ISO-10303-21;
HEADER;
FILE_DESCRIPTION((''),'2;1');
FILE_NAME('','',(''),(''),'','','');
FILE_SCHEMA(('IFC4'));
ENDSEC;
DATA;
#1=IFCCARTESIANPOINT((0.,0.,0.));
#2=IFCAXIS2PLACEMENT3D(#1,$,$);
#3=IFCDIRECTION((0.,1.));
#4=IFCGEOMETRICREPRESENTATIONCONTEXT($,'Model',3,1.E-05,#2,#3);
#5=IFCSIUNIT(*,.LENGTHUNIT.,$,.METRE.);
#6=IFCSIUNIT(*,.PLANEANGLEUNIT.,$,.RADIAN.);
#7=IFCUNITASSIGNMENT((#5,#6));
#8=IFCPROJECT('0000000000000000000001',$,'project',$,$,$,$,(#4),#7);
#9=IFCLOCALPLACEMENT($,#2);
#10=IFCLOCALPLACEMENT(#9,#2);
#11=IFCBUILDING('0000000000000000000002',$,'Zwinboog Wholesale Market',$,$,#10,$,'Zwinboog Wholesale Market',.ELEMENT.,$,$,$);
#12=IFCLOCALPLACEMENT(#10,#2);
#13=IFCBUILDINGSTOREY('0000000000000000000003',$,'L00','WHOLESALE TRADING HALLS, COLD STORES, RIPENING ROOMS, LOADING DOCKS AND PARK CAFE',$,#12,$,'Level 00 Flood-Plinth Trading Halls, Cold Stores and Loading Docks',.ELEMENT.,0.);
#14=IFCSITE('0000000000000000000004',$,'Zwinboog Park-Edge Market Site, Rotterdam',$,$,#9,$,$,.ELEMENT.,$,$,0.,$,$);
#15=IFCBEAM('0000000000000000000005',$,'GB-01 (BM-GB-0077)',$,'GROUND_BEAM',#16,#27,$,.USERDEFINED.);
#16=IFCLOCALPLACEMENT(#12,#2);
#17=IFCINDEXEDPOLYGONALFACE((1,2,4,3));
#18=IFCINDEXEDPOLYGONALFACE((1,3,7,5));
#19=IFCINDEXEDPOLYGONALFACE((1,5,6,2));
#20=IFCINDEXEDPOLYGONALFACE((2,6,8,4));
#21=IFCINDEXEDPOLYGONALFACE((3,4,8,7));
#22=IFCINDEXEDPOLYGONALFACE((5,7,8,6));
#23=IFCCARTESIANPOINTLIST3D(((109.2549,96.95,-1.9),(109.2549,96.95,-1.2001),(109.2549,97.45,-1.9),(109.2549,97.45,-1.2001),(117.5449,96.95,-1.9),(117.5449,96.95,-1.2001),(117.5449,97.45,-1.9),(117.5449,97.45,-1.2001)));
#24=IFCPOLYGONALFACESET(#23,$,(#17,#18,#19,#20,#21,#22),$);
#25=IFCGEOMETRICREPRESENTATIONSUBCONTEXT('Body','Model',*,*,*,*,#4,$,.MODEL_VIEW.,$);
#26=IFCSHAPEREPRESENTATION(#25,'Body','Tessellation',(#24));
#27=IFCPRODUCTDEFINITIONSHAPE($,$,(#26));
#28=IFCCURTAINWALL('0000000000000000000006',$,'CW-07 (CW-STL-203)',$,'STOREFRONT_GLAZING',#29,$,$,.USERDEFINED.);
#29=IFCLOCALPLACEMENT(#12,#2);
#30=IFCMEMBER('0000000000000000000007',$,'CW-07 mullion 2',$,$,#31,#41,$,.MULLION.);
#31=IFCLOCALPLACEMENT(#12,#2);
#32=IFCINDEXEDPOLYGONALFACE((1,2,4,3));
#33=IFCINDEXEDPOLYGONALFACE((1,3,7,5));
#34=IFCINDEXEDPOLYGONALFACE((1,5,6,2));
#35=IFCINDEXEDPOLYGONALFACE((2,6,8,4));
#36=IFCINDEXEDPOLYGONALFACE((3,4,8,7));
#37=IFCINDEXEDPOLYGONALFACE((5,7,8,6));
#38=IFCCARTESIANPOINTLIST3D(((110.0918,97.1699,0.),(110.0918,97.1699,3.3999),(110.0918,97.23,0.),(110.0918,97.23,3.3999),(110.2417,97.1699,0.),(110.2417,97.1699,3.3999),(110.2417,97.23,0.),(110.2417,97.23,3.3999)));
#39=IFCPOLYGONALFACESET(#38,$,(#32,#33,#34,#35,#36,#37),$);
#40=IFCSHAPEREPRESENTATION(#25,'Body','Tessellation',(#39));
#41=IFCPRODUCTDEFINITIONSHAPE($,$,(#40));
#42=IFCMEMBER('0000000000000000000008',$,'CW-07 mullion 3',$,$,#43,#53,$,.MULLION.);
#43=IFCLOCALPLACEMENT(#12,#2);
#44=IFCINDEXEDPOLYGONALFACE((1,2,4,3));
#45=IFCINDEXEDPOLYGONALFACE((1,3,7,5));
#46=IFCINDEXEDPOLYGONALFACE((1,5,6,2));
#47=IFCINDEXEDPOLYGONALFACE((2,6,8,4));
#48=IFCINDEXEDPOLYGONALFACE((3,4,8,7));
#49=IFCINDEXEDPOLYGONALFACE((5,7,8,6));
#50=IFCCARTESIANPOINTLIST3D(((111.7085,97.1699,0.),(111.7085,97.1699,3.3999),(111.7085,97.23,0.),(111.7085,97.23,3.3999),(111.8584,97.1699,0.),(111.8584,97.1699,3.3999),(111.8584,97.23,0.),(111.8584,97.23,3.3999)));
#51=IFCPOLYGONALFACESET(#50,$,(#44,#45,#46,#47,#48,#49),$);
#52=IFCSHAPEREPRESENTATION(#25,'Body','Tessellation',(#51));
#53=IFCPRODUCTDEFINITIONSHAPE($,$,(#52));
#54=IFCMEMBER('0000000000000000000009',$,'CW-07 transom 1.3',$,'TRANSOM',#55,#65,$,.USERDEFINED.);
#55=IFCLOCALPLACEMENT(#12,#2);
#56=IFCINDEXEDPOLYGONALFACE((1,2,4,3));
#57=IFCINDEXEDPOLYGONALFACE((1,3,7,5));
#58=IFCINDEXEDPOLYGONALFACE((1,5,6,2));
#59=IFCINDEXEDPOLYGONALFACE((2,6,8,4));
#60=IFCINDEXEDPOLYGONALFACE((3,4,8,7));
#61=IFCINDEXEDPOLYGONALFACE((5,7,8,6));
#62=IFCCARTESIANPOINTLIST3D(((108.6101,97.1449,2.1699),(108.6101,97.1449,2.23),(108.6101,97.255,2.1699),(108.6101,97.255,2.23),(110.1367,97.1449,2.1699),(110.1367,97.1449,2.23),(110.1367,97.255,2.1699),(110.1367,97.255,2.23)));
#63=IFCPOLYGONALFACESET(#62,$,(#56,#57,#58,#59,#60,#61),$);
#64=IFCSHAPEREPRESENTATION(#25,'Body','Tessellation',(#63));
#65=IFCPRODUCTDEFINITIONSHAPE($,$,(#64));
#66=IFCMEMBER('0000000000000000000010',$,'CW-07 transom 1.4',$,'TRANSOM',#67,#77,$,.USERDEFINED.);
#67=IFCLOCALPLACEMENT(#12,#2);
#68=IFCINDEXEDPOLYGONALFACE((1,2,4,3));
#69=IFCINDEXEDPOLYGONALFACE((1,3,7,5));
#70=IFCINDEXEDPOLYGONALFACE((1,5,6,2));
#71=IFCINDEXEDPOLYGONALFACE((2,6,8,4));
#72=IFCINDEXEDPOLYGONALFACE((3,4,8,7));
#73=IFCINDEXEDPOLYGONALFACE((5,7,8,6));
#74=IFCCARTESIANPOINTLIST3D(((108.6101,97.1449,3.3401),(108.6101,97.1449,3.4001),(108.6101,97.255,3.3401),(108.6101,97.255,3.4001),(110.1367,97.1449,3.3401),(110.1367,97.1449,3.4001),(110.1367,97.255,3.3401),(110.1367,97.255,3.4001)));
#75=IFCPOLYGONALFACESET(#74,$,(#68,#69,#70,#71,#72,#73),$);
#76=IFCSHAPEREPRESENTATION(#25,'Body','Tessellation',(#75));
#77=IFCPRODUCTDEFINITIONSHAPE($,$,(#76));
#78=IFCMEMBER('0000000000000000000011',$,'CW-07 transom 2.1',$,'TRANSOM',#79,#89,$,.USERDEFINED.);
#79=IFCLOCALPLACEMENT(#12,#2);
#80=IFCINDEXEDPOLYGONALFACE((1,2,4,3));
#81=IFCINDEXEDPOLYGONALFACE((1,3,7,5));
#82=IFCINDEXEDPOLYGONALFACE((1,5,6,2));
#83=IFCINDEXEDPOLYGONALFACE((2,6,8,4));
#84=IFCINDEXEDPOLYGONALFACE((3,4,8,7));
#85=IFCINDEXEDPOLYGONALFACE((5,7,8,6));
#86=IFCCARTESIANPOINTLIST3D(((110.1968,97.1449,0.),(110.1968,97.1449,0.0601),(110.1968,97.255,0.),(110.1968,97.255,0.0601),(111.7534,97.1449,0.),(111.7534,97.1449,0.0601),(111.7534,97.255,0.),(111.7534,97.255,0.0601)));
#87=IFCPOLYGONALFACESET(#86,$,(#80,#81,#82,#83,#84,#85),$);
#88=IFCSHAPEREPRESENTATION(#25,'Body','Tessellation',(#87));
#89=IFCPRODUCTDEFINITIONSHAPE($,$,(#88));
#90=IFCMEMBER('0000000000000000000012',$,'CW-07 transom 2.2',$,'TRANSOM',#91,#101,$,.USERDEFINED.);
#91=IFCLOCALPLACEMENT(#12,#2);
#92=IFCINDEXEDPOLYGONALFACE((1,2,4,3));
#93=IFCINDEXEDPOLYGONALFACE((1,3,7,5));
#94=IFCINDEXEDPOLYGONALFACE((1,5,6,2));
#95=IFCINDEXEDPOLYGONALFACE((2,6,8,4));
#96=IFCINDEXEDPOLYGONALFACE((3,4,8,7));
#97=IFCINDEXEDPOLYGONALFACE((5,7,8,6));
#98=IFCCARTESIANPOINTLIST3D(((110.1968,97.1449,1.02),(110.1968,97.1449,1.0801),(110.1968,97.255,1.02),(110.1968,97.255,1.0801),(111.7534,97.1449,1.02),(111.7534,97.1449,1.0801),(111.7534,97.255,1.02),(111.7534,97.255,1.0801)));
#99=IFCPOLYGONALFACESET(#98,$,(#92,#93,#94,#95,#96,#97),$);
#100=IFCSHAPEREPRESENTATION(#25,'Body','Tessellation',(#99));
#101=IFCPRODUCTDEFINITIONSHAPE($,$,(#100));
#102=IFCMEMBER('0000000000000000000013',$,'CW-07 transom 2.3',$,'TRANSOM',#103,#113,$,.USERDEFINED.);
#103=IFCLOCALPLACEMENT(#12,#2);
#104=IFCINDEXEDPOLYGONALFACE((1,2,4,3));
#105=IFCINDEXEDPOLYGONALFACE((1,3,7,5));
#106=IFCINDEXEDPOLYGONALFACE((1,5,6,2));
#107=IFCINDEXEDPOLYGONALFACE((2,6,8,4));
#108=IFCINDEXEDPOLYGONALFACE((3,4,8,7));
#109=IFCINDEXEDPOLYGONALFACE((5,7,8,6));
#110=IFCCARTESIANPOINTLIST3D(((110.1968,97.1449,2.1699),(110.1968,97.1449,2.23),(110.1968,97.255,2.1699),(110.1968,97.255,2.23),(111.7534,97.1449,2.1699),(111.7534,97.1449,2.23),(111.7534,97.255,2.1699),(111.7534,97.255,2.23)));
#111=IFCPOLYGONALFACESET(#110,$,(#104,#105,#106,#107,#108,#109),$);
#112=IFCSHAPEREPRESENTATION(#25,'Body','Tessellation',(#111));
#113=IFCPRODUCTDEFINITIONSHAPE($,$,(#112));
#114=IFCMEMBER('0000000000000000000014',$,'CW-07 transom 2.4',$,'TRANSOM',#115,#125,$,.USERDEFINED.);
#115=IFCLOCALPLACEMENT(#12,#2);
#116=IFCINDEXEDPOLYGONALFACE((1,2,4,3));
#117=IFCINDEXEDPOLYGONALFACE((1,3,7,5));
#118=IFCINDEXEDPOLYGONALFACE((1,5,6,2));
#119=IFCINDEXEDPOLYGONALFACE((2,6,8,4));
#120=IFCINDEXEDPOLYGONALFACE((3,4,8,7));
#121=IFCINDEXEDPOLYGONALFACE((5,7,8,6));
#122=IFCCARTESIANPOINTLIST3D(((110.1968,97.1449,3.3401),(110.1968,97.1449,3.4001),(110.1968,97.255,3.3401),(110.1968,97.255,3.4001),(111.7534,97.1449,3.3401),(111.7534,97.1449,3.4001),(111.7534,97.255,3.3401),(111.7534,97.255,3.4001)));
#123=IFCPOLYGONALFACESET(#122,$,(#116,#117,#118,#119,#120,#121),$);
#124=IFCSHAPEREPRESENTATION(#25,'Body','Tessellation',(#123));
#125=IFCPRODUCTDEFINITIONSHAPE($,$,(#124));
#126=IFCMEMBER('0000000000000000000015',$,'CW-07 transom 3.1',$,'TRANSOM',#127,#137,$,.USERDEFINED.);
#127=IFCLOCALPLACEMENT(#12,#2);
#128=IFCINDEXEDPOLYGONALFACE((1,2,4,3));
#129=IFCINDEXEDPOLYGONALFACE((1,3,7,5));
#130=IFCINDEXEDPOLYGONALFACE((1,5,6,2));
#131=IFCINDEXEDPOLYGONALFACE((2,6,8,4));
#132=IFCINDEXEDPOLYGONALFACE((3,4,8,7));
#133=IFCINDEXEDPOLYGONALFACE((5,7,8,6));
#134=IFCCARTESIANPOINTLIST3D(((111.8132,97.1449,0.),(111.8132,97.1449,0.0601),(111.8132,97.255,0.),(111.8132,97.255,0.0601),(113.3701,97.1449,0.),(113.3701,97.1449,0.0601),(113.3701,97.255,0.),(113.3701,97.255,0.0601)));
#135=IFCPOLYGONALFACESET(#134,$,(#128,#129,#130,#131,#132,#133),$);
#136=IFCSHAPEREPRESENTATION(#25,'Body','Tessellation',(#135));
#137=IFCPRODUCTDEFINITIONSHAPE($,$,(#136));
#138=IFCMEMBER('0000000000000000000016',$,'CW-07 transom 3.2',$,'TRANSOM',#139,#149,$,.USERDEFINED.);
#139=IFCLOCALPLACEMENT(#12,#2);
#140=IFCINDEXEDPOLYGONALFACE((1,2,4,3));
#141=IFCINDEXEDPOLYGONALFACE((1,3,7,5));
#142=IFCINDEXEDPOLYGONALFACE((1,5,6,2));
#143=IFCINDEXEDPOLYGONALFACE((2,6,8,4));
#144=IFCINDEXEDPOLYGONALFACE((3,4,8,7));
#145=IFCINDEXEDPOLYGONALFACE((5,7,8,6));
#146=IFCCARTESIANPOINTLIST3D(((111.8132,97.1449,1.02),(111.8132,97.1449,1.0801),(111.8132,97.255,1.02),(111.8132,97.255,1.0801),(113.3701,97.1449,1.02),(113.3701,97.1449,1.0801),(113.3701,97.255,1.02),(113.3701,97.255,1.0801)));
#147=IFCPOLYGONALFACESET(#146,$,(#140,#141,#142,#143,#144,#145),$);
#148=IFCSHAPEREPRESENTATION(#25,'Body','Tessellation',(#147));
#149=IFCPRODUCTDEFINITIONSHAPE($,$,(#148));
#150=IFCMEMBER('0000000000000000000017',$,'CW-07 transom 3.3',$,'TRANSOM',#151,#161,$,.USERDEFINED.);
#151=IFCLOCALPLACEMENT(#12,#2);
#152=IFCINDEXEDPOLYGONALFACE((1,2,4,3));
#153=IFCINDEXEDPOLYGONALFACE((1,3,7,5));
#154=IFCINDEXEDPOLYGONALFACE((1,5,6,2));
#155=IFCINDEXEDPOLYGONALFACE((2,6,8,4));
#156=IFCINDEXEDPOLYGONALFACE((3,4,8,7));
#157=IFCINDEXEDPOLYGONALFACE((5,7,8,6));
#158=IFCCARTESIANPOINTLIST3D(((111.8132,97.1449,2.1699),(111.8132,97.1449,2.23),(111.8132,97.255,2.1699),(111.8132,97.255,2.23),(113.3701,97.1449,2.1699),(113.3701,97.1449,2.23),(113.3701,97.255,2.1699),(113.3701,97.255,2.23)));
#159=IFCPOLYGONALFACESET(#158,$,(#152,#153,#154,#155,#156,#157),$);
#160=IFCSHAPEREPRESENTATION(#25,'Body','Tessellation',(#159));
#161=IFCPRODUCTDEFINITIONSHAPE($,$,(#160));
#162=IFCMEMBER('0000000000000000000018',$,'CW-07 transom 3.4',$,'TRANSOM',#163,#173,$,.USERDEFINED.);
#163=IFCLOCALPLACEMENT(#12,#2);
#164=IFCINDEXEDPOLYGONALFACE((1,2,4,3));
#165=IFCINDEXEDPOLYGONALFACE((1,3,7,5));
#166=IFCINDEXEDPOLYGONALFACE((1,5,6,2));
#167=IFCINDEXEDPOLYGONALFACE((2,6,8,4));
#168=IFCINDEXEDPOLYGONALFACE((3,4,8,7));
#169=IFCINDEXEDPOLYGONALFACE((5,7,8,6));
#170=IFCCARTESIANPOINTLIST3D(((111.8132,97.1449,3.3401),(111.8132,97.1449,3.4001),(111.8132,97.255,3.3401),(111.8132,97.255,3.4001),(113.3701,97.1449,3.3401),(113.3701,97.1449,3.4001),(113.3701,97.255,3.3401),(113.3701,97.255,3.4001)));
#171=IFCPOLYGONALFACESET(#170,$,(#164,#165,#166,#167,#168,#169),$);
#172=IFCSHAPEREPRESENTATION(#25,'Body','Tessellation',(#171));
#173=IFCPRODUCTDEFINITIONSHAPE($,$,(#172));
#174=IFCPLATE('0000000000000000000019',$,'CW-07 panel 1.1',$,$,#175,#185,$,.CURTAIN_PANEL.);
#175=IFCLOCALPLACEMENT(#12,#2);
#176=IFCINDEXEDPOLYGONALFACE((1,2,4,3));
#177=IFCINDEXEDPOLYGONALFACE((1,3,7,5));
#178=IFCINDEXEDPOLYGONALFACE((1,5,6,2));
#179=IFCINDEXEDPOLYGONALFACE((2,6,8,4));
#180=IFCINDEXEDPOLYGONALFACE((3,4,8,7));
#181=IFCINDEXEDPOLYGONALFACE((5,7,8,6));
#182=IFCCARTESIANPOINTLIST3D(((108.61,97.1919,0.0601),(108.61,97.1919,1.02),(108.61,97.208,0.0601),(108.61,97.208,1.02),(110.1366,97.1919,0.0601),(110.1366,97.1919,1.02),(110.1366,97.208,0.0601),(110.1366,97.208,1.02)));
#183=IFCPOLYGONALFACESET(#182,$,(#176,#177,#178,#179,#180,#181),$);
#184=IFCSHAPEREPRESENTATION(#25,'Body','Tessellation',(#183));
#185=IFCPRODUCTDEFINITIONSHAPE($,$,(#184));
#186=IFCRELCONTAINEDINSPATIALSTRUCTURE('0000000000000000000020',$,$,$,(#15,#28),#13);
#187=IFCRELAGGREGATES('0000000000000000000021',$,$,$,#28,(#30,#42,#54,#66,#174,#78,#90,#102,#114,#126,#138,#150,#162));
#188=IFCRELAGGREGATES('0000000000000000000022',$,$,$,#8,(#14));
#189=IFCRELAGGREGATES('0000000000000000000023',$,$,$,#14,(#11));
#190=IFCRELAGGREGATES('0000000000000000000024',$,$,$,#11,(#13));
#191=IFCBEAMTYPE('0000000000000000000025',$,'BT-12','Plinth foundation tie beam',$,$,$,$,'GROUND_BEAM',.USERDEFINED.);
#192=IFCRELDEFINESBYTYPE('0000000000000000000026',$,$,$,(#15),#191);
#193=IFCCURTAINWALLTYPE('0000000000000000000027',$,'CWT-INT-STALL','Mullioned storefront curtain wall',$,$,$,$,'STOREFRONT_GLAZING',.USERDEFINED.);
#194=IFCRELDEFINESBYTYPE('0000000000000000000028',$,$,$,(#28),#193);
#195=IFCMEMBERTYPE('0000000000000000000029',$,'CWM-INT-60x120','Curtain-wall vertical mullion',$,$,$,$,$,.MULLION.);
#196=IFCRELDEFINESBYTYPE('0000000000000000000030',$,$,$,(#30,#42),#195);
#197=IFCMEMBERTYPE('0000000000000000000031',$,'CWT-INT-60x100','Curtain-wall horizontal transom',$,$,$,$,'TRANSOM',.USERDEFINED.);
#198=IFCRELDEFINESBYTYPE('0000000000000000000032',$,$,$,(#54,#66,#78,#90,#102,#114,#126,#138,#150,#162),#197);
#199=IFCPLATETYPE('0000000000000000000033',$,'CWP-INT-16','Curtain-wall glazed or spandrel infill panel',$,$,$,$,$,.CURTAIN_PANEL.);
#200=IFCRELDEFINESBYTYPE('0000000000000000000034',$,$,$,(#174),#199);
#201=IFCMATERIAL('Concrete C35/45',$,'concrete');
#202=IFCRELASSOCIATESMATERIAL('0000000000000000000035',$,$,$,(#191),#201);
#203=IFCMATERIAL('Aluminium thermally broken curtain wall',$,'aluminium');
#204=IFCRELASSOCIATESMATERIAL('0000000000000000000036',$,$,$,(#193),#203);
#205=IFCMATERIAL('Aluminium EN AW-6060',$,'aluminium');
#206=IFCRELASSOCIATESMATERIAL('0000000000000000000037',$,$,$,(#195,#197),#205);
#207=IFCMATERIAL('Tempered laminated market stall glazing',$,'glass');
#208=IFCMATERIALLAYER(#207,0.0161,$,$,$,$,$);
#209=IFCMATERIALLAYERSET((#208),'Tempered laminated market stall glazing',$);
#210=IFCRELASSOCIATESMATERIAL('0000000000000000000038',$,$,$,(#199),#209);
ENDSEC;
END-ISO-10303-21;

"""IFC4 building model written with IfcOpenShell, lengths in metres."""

from ifc_helpers import new_model, si_unit, direction, frame, origin, origin_2d, place, context, subcontext, project, spatial, rectangle, extrude, material, layer, layer_set, material_profile, profile_set, type_object, element, aggregate, save


model = new_model("IFC4")

# Units and contexts
model_context = context("Model", 3, precision=1e-05, world=origin(), true_north=direction((0.0, 1.0)))
body_context = subcontext(model_context, "Body", "Model", "MODEL_VIEW")
ifc_project = project(units=[si_unit("LENGTHUNIT", "METRE"), si_unit("PLANEANGLEUNIT", "RADIAN")], contexts=[model_context])

# Site, building, storey
site_placement = place(None, origin())
site = spatial("IfcSite", under=ifc_project, at=site_placement, Name="Zwinboog Park-Edge Market Site, Rotterdam", CompositionType="ELEMENT", RefElevation=0.0)
building_placement = place(site_placement, origin())
building = spatial("IfcBuilding", under=site, at=building_placement, Name="Zwinboog Wholesale Market", LongName="Zwinboog Wholesale Market", CompositionType="ELEMENT")
storey_placement = place(building_placement, origin())
storey = spatial("IfcBuildingStorey", under=building, at=storey_placement, Name="L00", Description="WHOLESALE TRADING HALLS, COLD STORES, RIPENING ROOMS, LOADING DOCKS AND PARK CAFE", LongName="Level 00 Flood-Plinth Trading Halls, Cold Stores and Loading Docks", CompositionType="ELEMENT", Elevation=0.0)

# Beam
ifc_material_1 = material(Name="Concrete C35/45", Category="concrete")
ifc_material_profile_1 = material_profile(ifc_material_1, rectangle(XDim=0.5, YDim=0.7, at=origin_2d()), Name="RC 500x700")
ifc_profile_set_1 = profile_set([ifc_material_profile_1], Name="Concrete C35/45")
beam_type = type_object("IfcBeamType", Name="BT-12", Description="Plinth foundation tie beam", ElementType="GROUND_BEAM", PredefinedType="USERDEFINED", material=ifc_profile_set_1)
beam_placement = place(storey_placement, frame((109.2549, 97.2, -1.55), z_axis=(1.0, 0.0, 0.0), x_axis=(0.0, 1.0, 0.0)))
element("IfcBeam", 1, at=beam_placement, inside=storey, type_object=beam_type, Name="GB-01 (BM-GB-0077)", ObjectType="GROUND_BEAM", PredefinedType="USERDEFINED", context=body_context, shape_type="SweptSolid", body=[
    extrude(rectangle(XDim=0.5, YDim=0.7, at=origin_2d()), origin(), (0.0, 0.0, 1.0), 8.29),
])

# Curtain wall, members, plate
ifc_material_2 = material(Name="Aluminium thermally broken curtain wall", Category="aluminium")
curtain_wall_type = type_object("IfcCurtainWallType", Name="CWT-INT-STALL", Description="Mullioned storefront curtain wall", ElementType="STOREFRONT_GLAZING", PredefinedType="USERDEFINED", material=ifc_material_2)
curtain_wall_placement = place(storey_placement, origin())
curtain_wall = element("IfcCurtainWall", 2, at=curtain_wall_placement, inside=storey, type_object=curtain_wall_type, Name="CW-07 (CW-STL-203)", ObjectType="STOREFRONT_GLAZING", PredefinedType="USERDEFINED")
ifc_material_3 = material(Name="Aluminium EN AW-6060", Category="aluminium")
ifc_material_profile_2 = material_profile(ifc_material_3, rectangle(XDim=0.0601, YDim=0.1499, at=origin_2d()), Name="AL 60x150")
ifc_profile_set_2 = profile_set([ifc_material_profile_2], Name="Aluminium EN AW-6060")
member_type_1 = type_object("IfcMemberType", Name="CWM-INT-60x120", Description="Curtain-wall vertical mullion", PredefinedType="MULLION", material=ifc_profile_set_2)
member_1_placement = place(storey_placement, frame((110.1667, 97.2, 0.0), z_axis=(0.0, 0.0, 1.0), x_axis=(0.0, 1.0, 0.0)))
member_1 = element("IfcMember", 3, at=member_1_placement, type_object=member_type_1, Name="CW-07 mullion 2", PredefinedType="MULLION", context=body_context, shape_type="SweptSolid", body=[
    extrude(rectangle(XDim=0.0601, YDim=0.1499, at=origin_2d()), origin(), (0.0, 0.0, 1.0), 3.3999),
])
member_2_placement = place(storey_placement, frame((111.7834, 97.2, 0.0), z_axis=(0.0, 0.0, 1.0), x_axis=(0.0, 1.0, 0.0)))
member_2 = element("IfcMember", 4, at=member_2_placement, type_object=member_type_1, Name="CW-07 mullion 3", PredefinedType="MULLION", context=body_context, shape_type="SweptSolid", body=[
    extrude(rectangle(XDim=0.0601, YDim=0.1499, at=origin_2d()), origin(), (0.0, 0.0, 1.0), 3.3999),
])
ifc_material_profile_3 = material_profile(ifc_material_3, rectangle(XDim=0.1101, YDim=0.0601, at=origin_2d()), Name="AL 60x110")
ifc_profile_set_3 = profile_set([ifc_material_profile_3], Name="Aluminium EN AW-6060")
member_type_2 = type_object("IfcMemberType", Name="CWT-INT-60x100", Description="Curtain-wall horizontal transom", ElementType="TRANSOM", PredefinedType="USERDEFINED", material=ifc_profile_set_3)
member_3_placement = place(storey_placement, frame((108.6101, 97.2, 2.2), z_axis=(1.0, 0.0, 0.0), x_axis=(0.0, 1.0, 0.0)))
member_3 = element("IfcMember", 5, at=member_3_placement, type_object=member_type_2, Name="CW-07 transom 1.3", ObjectType="TRANSOM", PredefinedType="USERDEFINED", context=body_context, shape_type="SweptSolid", body=[
    extrude(rectangle(XDim=0.1101, YDim=0.0601, at=origin_2d()), origin(), (0.0, 0.0, 1.0), 1.5266),
])
member_4_placement = place(storey_placement, frame((108.6101, 97.2, 3.3701), z_axis=(1.0, 0.0, 0.0), x_axis=(0.0, 1.0, 0.0)))
member_4 = element("IfcMember", 6, at=member_4_placement, type_object=member_type_2, Name="CW-07 transom 1.4", ObjectType="TRANSOM", PredefinedType="USERDEFINED", context=body_context, shape_type="SweptSolid", body=[
    extrude(rectangle(XDim=0.1101, YDim=0.0601, at=origin_2d()), origin(), (0.0, 0.0, 1.0), 1.5266),
])
member_5_placement = place(storey_placement, frame((110.1968, 97.2, 0.03), z_axis=(1.0, 0.0, 0.0), x_axis=(0.0, 1.0, 0.0)))
member_5 = element("IfcMember", 7, at=member_5_placement, type_object=member_type_2, Name="CW-07 transom 2.1", ObjectType="TRANSOM", PredefinedType="USERDEFINED", context=body_context, shape_type="SweptSolid", body=[
    extrude(rectangle(XDim=0.1101, YDim=0.0601, at=origin_2d()), origin(), (0.0, 0.0, 1.0), 1.5566),
])
member_6_placement = place(storey_placement, frame((110.1968, 97.2, 1.05), z_axis=(1.0, 0.0, 0.0), x_axis=(0.0, 1.0, 0.0)))
member_6 = element("IfcMember", 8, at=member_6_placement, type_object=member_type_2, Name="CW-07 transom 2.2", ObjectType="TRANSOM", PredefinedType="USERDEFINED", context=body_context, shape_type="SweptSolid", body=[
    extrude(rectangle(XDim=0.1101, YDim=0.0601, at=origin_2d()), origin(), (0.0, 0.0, 1.0), 1.5566),
])
member_7_placement = place(storey_placement, frame((110.1968, 97.2, 2.2), z_axis=(1.0, 0.0, 0.0), x_axis=(0.0, 1.0, 0.0)))
member_7 = element("IfcMember", 9, at=member_7_placement, type_object=member_type_2, Name="CW-07 transom 2.3", ObjectType="TRANSOM", PredefinedType="USERDEFINED", context=body_context, shape_type="SweptSolid", body=[
    extrude(rectangle(XDim=0.1101, YDim=0.0601, at=origin_2d()), origin(), (0.0, 0.0, 1.0), 1.5566),
])
member_8_placement = place(storey_placement, frame((110.1968, 97.2, 3.3701), z_axis=(1.0, 0.0, 0.0), x_axis=(0.0, 1.0, 0.0)))
member_8 = element("IfcMember", 10, at=member_8_placement, type_object=member_type_2, Name="CW-07 transom 2.4", ObjectType="TRANSOM", PredefinedType="USERDEFINED", context=body_context, shape_type="SweptSolid", body=[
    extrude(rectangle(XDim=0.1101, YDim=0.0601, at=origin_2d()), origin(), (0.0, 0.0, 1.0), 1.5566),
])
member_9_placement = place(storey_placement, frame((111.8132, 97.2, 0.03), z_axis=(1.0, 0.0, 0.0), x_axis=(0.0, 1.0, 0.0)))
member_9 = element("IfcMember", 11, at=member_9_placement, type_object=member_type_2, Name="CW-07 transom 3.1", ObjectType="TRANSOM", PredefinedType="USERDEFINED", context=body_context, shape_type="SweptSolid", body=[
    extrude(rectangle(XDim=0.1101, YDim=0.0601, at=origin_2d()), origin(), (0.0, 0.0, 1.0), 1.5569),
])
member_10_placement = place(storey_placement, frame((111.8132, 97.2, 1.05), z_axis=(1.0, 0.0, 0.0), x_axis=(0.0, 1.0, 0.0)))
member_10 = element("IfcMember", 12, at=member_10_placement, type_object=member_type_2, Name="CW-07 transom 3.2", ObjectType="TRANSOM", PredefinedType="USERDEFINED", context=body_context, shape_type="SweptSolid", body=[
    extrude(rectangle(XDim=0.1101, YDim=0.0601, at=origin_2d()), origin(), (0.0, 0.0, 1.0), 1.5569),
])
member_11_placement = place(storey_placement, frame((111.8132, 97.2, 2.2), z_axis=(1.0, 0.0, 0.0), x_axis=(0.0, 1.0, 0.0)))
member_11 = element("IfcMember", 13, at=member_11_placement, type_object=member_type_2, Name="CW-07 transom 3.3", ObjectType="TRANSOM", PredefinedType="USERDEFINED", context=body_context, shape_type="SweptSolid", body=[
    extrude(rectangle(XDim=0.1101, YDim=0.0601, at=origin_2d()), origin(), (0.0, 0.0, 1.0), 1.5569),
])
member_12_placement = place(storey_placement, frame((111.8132, 97.2, 3.3701), z_axis=(1.0, 0.0, 0.0), x_axis=(0.0, 1.0, 0.0)))
member_12 = element("IfcMember", 14, at=member_12_placement, type_object=member_type_2, Name="CW-07 transom 3.4", ObjectType="TRANSOM", PredefinedType="USERDEFINED", context=body_context, shape_type="SweptSolid", body=[
    extrude(rectangle(XDim=0.1101, YDim=0.0601, at=origin_2d()), origin(), (0.0, 0.0, 1.0), 1.5569),
])
ifc_material_4 = material(Name="Tempered laminated market stall glazing", Category="glass")
ifc_layer = layer(ifc_material_4, 0.0161)
ifc_layer_set = layer_set([ifc_layer], Name="Tempered laminated market stall glazing")
plate_type = type_object("IfcPlateType", Name="CWP-INT-16", Description="Curtain-wall glazed or spandrel infill panel", PredefinedType="CURTAIN_PANEL", material=ifc_layer_set)
plate_1_placement = place(storey_placement, frame((109.3733, 97.2, 0.0601), z_axis=(0.0, 0.0, 1.0), x_axis=(1.0, 0.0, 0.0)))
plate_1 = element("IfcPlate", 15, at=plate_1_placement, type_object=plate_type, Name="CW-07 panel 1.1", PredefinedType="CURTAIN_PANEL", context=body_context, shape_type="SweptSolid", body=[
    extrude(rectangle(XDim=1.5266, YDim=0.0161, at=origin_2d()), origin(), (0.0, 0.0, 1.0), 0.96),
])
aggregate(curtain_wall, [member_1, member_2, member_3, member_4, plate_1, member_5, member_6, member_7, member_8, member_9, member_10, member_11, member_12])

save(model, "model.ifc")
